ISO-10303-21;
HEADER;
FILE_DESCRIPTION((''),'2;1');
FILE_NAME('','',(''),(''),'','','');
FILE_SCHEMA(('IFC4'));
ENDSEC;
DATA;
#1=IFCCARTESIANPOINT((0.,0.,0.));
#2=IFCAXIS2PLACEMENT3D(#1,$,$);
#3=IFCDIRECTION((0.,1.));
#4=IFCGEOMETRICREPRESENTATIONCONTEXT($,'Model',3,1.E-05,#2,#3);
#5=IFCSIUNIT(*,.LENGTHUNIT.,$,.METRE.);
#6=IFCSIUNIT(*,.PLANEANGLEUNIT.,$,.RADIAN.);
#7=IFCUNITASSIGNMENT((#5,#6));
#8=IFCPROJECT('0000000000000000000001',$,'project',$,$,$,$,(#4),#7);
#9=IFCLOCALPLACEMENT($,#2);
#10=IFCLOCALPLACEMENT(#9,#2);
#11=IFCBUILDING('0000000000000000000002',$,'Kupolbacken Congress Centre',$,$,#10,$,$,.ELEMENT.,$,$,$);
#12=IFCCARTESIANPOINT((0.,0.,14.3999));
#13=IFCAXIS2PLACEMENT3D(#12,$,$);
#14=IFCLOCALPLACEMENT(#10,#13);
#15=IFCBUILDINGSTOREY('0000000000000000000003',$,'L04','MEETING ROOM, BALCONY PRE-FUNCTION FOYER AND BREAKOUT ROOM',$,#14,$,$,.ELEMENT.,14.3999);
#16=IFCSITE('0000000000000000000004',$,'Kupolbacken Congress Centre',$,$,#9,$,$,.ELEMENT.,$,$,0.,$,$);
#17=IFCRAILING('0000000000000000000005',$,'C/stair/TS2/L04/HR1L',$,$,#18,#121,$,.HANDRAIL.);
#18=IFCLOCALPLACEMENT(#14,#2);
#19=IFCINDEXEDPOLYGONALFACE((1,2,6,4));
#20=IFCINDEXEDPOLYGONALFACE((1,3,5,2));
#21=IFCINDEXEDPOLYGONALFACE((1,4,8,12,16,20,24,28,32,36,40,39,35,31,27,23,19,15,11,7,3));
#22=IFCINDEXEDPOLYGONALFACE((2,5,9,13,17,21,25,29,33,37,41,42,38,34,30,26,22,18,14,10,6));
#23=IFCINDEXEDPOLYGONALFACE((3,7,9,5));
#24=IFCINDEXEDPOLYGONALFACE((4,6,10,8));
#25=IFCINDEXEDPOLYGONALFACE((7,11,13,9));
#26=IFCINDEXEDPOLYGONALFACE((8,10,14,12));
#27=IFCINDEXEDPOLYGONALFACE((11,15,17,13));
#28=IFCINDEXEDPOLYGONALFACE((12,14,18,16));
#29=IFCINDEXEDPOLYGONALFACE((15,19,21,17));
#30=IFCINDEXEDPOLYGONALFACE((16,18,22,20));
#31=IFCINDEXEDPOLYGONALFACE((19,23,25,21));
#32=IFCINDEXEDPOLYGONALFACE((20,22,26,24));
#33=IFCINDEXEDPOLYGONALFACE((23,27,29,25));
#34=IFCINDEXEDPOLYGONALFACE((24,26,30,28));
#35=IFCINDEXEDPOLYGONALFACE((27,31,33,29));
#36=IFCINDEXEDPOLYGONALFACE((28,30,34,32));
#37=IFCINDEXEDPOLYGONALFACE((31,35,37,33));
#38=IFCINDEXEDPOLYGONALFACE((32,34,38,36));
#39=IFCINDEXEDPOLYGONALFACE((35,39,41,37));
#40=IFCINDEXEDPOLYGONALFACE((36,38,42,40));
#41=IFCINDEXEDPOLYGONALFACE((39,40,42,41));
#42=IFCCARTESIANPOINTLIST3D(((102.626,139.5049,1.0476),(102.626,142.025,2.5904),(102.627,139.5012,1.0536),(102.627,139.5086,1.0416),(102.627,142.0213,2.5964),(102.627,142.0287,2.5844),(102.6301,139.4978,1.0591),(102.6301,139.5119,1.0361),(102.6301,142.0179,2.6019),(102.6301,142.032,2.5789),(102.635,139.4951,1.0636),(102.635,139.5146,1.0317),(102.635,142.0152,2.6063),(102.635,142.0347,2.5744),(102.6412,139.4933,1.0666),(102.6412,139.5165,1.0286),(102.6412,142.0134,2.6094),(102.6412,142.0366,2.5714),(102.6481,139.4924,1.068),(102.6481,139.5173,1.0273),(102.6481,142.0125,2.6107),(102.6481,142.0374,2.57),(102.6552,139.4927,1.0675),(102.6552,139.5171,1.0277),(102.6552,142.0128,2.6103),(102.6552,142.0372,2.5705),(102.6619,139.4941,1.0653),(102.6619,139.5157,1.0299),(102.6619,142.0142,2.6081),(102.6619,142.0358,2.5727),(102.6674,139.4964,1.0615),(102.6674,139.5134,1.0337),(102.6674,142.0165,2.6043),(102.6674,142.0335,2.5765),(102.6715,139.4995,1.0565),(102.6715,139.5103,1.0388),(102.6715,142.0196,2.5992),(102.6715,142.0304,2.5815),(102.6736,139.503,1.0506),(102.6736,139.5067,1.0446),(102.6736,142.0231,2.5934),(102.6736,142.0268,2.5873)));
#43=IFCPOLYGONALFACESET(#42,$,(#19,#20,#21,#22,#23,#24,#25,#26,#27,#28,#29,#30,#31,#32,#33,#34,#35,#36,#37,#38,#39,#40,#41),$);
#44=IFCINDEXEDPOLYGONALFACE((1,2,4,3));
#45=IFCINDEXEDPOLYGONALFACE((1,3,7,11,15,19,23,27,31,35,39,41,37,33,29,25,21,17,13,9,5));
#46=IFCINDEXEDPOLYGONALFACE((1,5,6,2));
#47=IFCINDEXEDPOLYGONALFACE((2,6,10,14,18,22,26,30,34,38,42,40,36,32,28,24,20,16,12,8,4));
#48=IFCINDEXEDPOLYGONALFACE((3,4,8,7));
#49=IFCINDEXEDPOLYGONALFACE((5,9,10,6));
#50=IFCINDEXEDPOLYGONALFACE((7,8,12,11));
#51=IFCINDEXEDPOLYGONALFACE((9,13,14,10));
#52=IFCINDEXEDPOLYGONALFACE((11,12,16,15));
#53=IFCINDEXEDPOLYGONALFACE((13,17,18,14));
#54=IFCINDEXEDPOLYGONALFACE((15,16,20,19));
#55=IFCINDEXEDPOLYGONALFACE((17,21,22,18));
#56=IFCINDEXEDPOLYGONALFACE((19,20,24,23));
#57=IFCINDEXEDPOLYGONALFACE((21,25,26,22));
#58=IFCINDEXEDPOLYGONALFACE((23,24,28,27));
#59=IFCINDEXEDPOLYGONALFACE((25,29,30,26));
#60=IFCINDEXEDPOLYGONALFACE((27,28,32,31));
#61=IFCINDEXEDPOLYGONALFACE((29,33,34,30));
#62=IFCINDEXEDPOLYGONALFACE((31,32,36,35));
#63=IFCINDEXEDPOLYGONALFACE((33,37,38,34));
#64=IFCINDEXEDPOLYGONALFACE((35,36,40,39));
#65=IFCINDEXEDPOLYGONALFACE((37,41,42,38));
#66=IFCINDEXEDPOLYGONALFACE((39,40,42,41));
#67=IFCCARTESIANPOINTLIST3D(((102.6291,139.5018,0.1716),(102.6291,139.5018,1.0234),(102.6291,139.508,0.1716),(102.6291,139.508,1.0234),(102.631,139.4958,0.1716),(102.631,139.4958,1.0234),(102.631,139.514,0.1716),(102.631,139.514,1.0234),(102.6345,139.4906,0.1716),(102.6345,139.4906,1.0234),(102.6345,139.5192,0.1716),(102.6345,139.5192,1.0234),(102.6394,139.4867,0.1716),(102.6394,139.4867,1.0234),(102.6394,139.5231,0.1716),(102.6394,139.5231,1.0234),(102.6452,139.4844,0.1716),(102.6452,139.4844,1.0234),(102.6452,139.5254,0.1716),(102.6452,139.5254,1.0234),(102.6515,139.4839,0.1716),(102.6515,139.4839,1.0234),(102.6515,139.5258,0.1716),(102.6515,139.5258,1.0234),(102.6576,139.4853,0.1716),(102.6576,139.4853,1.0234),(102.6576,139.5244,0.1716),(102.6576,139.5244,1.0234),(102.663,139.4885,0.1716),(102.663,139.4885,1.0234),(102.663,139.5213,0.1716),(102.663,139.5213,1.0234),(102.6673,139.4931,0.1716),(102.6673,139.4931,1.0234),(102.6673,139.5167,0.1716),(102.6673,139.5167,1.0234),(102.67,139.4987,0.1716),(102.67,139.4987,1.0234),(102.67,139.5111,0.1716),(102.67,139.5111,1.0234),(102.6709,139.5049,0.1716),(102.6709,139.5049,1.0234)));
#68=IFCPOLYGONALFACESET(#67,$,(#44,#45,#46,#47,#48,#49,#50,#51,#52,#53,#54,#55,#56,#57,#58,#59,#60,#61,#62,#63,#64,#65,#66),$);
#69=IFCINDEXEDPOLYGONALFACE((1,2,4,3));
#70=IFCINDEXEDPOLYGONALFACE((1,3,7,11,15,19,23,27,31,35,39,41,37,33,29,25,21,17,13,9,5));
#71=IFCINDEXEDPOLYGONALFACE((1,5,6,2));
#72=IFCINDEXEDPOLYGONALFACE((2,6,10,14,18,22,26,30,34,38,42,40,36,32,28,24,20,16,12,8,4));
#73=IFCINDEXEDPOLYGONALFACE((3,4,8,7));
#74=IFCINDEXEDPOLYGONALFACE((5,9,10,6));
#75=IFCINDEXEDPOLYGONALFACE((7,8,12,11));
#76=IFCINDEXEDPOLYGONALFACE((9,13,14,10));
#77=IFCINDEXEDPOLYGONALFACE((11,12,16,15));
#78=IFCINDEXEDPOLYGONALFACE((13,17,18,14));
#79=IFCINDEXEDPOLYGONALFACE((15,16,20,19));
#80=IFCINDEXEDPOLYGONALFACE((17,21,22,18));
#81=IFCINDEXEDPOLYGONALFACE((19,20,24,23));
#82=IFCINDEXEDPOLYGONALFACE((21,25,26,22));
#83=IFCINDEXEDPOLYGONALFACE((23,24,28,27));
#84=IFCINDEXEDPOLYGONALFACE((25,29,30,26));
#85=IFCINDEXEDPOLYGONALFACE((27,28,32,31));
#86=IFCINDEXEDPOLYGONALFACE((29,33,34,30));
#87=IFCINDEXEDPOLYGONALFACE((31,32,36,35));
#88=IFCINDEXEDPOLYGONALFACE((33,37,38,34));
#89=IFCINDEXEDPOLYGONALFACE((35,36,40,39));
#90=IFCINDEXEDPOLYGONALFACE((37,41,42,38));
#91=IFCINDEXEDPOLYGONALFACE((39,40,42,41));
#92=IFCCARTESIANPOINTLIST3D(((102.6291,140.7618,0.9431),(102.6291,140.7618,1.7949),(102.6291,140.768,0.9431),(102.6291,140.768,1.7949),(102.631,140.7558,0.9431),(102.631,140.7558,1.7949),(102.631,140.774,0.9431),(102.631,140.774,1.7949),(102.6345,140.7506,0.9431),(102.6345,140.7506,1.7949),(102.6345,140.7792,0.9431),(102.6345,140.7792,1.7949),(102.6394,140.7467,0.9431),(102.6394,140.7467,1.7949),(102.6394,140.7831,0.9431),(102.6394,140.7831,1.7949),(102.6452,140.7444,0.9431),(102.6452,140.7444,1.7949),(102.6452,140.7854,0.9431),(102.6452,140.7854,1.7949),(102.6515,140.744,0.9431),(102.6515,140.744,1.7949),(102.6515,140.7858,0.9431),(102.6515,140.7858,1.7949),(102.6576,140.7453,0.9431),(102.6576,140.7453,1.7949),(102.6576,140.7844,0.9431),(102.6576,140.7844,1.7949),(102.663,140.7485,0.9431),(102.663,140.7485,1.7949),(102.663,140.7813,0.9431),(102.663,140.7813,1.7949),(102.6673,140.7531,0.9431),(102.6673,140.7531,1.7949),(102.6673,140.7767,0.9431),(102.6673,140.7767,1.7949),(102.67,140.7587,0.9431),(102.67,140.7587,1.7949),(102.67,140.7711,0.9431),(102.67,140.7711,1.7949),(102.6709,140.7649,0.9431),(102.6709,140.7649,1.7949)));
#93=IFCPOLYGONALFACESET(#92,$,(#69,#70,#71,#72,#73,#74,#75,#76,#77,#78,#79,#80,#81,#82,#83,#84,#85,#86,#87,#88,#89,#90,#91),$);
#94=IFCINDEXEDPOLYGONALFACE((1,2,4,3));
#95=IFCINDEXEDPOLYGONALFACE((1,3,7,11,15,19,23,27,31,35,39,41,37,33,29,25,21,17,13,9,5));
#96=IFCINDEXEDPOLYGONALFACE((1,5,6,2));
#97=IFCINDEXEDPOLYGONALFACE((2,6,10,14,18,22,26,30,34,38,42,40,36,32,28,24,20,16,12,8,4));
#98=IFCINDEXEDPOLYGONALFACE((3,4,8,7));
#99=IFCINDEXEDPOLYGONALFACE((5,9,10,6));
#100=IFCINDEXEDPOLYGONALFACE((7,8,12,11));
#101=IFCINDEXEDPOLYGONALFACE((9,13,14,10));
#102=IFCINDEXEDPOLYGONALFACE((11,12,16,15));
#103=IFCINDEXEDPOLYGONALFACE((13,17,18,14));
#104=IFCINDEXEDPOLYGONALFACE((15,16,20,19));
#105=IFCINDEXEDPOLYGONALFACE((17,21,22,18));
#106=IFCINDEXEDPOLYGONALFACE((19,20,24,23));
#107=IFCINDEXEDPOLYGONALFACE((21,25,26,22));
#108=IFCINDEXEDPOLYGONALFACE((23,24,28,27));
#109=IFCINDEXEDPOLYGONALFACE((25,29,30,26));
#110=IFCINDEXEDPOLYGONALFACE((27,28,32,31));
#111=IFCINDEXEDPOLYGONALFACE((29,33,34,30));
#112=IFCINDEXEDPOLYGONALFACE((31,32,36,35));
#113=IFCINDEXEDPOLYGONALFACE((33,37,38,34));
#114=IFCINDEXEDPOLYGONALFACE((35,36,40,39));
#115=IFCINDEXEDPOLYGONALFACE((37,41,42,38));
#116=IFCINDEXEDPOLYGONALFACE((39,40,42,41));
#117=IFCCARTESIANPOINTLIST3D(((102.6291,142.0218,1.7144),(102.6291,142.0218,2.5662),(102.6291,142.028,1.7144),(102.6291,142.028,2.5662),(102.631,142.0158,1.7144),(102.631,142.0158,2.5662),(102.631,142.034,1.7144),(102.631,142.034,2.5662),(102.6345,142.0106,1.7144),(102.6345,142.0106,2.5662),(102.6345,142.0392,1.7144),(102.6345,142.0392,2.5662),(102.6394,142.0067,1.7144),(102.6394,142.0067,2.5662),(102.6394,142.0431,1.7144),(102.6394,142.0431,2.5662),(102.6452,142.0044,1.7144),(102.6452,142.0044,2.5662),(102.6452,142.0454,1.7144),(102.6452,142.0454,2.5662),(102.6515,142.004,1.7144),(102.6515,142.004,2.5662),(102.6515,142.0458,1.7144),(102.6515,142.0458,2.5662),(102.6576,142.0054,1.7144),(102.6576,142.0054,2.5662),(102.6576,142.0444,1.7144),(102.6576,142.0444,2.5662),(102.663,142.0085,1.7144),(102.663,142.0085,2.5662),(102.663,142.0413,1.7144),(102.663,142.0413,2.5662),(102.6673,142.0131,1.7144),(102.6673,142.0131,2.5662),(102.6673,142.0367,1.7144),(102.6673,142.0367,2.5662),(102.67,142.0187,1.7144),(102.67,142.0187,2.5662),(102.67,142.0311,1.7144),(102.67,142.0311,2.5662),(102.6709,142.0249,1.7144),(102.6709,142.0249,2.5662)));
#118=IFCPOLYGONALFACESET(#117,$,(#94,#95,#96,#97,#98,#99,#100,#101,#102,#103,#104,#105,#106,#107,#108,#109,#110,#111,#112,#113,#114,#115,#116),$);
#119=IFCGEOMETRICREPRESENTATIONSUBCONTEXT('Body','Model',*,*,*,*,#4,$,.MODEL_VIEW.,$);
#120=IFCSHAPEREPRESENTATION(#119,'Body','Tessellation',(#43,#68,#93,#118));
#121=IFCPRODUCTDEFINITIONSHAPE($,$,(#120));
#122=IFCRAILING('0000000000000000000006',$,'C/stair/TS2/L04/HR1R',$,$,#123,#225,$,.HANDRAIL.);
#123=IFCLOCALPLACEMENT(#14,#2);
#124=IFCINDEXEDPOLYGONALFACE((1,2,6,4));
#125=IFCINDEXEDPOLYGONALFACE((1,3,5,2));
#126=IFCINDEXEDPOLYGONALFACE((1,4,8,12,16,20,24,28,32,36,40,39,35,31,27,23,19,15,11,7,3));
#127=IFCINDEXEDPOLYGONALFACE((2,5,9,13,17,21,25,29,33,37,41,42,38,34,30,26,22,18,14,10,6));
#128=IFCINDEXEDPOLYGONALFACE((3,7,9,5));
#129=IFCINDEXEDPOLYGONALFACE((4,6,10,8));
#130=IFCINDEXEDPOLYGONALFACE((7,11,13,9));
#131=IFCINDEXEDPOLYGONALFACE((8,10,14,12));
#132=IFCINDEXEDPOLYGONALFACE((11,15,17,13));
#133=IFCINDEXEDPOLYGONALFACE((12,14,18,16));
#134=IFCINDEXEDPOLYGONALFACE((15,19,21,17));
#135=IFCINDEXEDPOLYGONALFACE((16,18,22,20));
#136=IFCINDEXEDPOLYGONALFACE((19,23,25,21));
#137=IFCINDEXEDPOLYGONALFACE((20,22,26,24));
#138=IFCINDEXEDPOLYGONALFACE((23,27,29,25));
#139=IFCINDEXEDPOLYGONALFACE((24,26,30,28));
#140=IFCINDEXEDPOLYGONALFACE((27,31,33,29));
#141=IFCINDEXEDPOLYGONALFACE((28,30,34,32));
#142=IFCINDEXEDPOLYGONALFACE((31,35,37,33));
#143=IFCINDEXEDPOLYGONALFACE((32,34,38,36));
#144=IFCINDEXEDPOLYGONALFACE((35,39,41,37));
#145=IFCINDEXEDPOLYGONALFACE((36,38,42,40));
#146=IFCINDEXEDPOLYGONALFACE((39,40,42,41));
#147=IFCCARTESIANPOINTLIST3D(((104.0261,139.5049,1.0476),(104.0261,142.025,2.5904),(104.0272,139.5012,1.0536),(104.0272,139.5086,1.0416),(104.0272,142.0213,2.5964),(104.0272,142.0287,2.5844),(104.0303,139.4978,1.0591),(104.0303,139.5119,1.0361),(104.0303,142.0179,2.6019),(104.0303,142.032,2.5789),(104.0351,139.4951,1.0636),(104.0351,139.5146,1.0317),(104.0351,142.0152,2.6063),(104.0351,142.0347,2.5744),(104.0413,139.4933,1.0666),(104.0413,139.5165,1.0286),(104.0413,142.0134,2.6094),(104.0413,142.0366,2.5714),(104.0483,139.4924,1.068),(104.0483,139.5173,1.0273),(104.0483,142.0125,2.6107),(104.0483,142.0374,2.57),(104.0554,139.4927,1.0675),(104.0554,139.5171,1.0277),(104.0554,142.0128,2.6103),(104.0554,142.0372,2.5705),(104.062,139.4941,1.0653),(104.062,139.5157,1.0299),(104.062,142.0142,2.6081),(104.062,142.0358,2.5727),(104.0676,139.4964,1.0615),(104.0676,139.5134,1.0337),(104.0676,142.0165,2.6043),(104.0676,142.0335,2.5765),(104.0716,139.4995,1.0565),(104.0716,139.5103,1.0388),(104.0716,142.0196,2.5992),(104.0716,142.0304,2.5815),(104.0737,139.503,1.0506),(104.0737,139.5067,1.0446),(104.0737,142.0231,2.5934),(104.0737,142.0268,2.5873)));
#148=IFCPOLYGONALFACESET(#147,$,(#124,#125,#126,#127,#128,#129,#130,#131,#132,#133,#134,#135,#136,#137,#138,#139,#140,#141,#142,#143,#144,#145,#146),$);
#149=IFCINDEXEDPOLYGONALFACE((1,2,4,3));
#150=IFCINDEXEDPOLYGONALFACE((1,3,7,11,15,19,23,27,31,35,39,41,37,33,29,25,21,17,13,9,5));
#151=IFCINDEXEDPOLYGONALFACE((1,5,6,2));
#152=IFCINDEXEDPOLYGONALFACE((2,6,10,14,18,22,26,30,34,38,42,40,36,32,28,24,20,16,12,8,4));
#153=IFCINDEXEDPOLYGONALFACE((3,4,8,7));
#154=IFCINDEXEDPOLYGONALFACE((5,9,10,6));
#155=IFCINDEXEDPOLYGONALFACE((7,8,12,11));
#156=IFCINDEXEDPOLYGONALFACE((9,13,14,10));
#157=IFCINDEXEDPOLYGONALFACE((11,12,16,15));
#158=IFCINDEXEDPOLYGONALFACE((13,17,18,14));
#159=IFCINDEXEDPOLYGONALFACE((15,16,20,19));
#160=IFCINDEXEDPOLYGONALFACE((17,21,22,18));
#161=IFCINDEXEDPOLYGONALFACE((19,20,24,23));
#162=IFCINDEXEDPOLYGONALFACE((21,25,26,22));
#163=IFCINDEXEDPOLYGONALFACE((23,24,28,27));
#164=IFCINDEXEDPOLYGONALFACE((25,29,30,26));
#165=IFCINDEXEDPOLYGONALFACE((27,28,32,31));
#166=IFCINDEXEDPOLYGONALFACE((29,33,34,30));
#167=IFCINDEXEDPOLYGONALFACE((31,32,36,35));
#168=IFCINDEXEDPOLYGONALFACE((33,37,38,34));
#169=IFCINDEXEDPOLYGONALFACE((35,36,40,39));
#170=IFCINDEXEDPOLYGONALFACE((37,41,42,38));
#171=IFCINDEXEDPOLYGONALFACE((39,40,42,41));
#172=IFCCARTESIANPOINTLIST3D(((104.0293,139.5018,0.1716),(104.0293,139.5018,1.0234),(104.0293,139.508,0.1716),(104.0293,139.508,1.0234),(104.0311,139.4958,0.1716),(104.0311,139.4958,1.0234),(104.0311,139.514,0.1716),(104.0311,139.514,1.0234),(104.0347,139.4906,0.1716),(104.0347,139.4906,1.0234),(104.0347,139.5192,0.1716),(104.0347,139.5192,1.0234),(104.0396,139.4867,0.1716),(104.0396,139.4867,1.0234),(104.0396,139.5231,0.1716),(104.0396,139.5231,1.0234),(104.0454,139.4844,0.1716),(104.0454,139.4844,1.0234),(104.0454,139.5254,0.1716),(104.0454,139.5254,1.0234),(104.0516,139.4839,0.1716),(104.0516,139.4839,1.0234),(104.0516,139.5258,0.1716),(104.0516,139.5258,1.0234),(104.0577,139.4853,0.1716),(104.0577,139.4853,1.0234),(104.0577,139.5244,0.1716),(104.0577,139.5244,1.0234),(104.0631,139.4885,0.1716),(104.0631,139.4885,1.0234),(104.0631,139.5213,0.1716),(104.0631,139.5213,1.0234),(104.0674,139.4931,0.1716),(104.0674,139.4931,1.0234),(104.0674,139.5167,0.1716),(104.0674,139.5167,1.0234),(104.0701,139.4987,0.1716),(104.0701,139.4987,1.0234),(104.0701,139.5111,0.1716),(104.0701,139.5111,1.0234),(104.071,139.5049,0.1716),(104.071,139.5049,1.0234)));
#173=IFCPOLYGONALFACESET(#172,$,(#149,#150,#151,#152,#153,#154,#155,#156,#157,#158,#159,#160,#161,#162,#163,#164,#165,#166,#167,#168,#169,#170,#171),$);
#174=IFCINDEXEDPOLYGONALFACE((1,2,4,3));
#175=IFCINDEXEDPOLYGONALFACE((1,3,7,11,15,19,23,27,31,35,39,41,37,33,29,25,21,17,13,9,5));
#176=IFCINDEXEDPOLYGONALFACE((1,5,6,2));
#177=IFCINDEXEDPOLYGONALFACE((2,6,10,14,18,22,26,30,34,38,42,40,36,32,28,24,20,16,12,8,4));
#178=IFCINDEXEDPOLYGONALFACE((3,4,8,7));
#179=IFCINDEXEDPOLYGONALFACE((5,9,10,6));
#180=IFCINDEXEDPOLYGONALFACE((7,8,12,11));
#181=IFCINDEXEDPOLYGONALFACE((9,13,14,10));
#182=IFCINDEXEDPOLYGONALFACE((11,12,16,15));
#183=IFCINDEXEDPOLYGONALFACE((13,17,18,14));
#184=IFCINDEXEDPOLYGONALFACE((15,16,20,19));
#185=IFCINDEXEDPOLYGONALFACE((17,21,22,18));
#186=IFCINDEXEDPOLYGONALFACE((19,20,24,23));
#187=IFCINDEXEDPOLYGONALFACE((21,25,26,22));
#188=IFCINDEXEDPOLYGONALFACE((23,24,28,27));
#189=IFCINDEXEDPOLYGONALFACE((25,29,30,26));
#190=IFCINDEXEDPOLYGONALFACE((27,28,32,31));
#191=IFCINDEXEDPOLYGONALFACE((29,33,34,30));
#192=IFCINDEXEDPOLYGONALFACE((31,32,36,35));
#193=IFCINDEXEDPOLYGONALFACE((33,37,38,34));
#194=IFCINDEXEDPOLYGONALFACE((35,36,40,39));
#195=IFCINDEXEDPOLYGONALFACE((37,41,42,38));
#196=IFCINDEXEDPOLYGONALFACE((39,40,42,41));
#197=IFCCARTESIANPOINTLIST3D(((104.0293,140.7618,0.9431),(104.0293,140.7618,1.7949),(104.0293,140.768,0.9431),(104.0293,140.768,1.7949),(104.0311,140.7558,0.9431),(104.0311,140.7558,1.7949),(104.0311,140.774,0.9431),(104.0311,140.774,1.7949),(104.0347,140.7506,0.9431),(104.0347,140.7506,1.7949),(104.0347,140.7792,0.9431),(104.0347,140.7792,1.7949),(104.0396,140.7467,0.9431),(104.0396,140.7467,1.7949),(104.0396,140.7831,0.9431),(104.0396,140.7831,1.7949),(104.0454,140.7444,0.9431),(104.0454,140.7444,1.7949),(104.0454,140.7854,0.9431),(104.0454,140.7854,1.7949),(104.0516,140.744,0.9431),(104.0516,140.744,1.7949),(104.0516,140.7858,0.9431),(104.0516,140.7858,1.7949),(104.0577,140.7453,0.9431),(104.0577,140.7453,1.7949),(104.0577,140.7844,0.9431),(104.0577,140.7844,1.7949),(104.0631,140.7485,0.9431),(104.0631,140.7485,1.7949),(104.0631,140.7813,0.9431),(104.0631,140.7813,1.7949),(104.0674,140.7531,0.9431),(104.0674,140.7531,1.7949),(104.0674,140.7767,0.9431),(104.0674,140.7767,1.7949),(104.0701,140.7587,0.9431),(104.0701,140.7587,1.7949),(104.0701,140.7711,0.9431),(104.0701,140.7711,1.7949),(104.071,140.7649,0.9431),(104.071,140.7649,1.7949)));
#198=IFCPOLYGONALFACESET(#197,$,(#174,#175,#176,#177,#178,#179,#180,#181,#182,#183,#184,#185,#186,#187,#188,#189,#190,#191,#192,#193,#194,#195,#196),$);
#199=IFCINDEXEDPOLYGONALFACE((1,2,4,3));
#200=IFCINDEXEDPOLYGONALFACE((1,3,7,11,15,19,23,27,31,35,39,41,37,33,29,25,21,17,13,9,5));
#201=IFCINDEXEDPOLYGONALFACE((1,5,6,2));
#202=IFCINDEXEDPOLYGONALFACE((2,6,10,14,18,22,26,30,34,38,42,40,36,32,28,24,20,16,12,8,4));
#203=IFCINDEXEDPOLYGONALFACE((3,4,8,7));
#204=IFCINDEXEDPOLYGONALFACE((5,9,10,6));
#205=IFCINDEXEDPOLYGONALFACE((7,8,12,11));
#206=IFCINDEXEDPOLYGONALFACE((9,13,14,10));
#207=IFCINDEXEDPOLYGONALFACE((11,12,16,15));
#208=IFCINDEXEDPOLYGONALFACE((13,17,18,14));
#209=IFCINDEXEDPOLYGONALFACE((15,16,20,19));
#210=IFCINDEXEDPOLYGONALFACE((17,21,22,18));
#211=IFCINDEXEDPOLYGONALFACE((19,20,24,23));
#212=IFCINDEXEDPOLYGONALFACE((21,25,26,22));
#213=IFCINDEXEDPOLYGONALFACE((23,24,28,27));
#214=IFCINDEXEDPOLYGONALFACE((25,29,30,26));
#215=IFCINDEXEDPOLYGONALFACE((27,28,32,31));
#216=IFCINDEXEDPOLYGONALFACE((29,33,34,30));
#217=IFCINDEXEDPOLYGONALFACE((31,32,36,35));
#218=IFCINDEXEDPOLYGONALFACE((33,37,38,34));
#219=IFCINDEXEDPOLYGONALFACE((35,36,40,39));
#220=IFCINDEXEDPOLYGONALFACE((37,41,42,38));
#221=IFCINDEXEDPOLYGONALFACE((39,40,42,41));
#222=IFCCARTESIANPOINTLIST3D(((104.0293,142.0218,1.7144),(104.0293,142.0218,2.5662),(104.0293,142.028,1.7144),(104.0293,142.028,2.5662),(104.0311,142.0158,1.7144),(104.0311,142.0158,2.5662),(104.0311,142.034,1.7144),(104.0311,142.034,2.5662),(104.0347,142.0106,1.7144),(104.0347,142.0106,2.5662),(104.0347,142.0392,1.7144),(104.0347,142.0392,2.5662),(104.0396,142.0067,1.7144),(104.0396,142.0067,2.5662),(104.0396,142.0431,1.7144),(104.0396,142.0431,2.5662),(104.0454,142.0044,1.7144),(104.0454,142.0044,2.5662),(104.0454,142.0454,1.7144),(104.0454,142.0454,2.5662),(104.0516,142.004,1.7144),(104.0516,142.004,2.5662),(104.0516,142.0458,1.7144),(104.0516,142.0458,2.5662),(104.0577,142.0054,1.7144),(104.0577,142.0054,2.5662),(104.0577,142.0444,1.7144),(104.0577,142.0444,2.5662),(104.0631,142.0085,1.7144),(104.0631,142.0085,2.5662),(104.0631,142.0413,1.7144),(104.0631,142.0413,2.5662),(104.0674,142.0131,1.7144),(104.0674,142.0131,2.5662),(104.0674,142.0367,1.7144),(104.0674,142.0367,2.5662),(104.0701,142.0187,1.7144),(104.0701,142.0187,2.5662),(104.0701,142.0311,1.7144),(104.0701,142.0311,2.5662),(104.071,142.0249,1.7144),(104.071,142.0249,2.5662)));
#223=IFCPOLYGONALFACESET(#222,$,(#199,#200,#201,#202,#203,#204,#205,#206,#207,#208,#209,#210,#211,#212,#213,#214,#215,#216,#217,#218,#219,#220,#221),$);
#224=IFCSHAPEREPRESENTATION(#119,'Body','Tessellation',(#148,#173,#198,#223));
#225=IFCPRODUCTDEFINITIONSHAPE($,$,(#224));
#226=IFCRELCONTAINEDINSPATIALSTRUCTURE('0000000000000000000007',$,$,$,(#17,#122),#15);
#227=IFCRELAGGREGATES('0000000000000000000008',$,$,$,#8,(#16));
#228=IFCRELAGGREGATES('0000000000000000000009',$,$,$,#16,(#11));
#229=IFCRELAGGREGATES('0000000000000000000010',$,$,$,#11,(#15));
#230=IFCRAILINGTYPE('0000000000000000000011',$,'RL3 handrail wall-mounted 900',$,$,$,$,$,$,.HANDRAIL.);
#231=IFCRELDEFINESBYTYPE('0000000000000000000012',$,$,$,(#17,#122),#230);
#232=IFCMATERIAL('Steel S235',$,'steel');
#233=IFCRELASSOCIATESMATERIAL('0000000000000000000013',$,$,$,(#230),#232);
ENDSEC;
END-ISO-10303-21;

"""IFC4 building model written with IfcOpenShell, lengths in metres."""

from ifc_helpers import new_model, si_unit, direction, frame, origin, origin_2d, place, context, subcontext, project, spatial, circle, extrude, material, type_object, element, save


model = new_model("IFC4")

# Units and contexts
model_context = context("Model", 3, precision=1e-05, world=origin(), true_north=direction((0.0, 1.0)))
body_context = subcontext(model_context, "Body", "Model", "MODEL_VIEW")
ifc_project = project(units=[si_unit("LENGTHUNIT", "METRE"), si_unit("PLANEANGLEUNIT", "RADIAN")], contexts=[model_context])

# Site, building, storey
site_placement = place(None, origin())
site = spatial("IfcSite", under=ifc_project, at=site_placement, Name="Kupolbacken Congress Centre", CompositionType="ELEMENT", RefElevation=0.0)
building_placement = place(site_placement, origin())
building = spatial("IfcBuilding", under=site, at=building_placement, Name="Kupolbacken Congress Centre", CompositionType="ELEMENT")
storey_placement = place(building_placement, frame((0.0, 0.0, 14.3999)))
storey = spatial("IfcBuildingStorey", under=building, at=storey_placement, Name="L04", Description="MEETING ROOM, BALCONY PRE-FUNCTION FOYER AND BREAKOUT ROOM", CompositionType="ELEMENT", Elevation=14.3999)

# Railings
ifc_material_1 = material(Name="Steel S235", Category="steel")
railing_type = type_object("IfcRailingType", Name="RL3 handrail wall-mounted 900", PredefinedType="HANDRAIL", material=ifc_material_1)
for number, where, name in (
    (1, (102.6499, 139.5049, 0.1716), "C/stair/TS2/L04/HR1L"),
    (2, (104.05, 139.5049, 0.1716), "C/stair/TS2/L04/HR1R"),
):
    element("IfcRailing", number, at=place(storey_placement, frame(where)), inside=storey, type_object=railing_type, Name=name, PredefinedType="HANDRAIL", context=body_context, shape_type="SweptSolid", body=[
        extrude(circle(Radius=0.0239, at=origin_2d()), frame((0.0, 0.0, 0.876), z_axis=(0.0, 0.852873, 0.522118), x_axis=(-1.0, 0.0, 0.0)), (0.0, 0.0, 1.0), 2.9548),
        extrude(circle(Radius=0.021, at=origin_2d()), origin(), (0.0, 0.0, 1.0), 0.8518),
        extrude(circle(Radius=0.021, at=origin_2d()), frame((0.0, 1.26, 0.7715)), (0.0, 0.0, 1.0), 0.8518),
        extrude(circle(Radius=0.021, at=origin_2d()), frame((0.0, 2.52, 1.5427)), (0.0, 0.0, 1.0), 0.8518),
    ])

save(model, "model.ifc")
